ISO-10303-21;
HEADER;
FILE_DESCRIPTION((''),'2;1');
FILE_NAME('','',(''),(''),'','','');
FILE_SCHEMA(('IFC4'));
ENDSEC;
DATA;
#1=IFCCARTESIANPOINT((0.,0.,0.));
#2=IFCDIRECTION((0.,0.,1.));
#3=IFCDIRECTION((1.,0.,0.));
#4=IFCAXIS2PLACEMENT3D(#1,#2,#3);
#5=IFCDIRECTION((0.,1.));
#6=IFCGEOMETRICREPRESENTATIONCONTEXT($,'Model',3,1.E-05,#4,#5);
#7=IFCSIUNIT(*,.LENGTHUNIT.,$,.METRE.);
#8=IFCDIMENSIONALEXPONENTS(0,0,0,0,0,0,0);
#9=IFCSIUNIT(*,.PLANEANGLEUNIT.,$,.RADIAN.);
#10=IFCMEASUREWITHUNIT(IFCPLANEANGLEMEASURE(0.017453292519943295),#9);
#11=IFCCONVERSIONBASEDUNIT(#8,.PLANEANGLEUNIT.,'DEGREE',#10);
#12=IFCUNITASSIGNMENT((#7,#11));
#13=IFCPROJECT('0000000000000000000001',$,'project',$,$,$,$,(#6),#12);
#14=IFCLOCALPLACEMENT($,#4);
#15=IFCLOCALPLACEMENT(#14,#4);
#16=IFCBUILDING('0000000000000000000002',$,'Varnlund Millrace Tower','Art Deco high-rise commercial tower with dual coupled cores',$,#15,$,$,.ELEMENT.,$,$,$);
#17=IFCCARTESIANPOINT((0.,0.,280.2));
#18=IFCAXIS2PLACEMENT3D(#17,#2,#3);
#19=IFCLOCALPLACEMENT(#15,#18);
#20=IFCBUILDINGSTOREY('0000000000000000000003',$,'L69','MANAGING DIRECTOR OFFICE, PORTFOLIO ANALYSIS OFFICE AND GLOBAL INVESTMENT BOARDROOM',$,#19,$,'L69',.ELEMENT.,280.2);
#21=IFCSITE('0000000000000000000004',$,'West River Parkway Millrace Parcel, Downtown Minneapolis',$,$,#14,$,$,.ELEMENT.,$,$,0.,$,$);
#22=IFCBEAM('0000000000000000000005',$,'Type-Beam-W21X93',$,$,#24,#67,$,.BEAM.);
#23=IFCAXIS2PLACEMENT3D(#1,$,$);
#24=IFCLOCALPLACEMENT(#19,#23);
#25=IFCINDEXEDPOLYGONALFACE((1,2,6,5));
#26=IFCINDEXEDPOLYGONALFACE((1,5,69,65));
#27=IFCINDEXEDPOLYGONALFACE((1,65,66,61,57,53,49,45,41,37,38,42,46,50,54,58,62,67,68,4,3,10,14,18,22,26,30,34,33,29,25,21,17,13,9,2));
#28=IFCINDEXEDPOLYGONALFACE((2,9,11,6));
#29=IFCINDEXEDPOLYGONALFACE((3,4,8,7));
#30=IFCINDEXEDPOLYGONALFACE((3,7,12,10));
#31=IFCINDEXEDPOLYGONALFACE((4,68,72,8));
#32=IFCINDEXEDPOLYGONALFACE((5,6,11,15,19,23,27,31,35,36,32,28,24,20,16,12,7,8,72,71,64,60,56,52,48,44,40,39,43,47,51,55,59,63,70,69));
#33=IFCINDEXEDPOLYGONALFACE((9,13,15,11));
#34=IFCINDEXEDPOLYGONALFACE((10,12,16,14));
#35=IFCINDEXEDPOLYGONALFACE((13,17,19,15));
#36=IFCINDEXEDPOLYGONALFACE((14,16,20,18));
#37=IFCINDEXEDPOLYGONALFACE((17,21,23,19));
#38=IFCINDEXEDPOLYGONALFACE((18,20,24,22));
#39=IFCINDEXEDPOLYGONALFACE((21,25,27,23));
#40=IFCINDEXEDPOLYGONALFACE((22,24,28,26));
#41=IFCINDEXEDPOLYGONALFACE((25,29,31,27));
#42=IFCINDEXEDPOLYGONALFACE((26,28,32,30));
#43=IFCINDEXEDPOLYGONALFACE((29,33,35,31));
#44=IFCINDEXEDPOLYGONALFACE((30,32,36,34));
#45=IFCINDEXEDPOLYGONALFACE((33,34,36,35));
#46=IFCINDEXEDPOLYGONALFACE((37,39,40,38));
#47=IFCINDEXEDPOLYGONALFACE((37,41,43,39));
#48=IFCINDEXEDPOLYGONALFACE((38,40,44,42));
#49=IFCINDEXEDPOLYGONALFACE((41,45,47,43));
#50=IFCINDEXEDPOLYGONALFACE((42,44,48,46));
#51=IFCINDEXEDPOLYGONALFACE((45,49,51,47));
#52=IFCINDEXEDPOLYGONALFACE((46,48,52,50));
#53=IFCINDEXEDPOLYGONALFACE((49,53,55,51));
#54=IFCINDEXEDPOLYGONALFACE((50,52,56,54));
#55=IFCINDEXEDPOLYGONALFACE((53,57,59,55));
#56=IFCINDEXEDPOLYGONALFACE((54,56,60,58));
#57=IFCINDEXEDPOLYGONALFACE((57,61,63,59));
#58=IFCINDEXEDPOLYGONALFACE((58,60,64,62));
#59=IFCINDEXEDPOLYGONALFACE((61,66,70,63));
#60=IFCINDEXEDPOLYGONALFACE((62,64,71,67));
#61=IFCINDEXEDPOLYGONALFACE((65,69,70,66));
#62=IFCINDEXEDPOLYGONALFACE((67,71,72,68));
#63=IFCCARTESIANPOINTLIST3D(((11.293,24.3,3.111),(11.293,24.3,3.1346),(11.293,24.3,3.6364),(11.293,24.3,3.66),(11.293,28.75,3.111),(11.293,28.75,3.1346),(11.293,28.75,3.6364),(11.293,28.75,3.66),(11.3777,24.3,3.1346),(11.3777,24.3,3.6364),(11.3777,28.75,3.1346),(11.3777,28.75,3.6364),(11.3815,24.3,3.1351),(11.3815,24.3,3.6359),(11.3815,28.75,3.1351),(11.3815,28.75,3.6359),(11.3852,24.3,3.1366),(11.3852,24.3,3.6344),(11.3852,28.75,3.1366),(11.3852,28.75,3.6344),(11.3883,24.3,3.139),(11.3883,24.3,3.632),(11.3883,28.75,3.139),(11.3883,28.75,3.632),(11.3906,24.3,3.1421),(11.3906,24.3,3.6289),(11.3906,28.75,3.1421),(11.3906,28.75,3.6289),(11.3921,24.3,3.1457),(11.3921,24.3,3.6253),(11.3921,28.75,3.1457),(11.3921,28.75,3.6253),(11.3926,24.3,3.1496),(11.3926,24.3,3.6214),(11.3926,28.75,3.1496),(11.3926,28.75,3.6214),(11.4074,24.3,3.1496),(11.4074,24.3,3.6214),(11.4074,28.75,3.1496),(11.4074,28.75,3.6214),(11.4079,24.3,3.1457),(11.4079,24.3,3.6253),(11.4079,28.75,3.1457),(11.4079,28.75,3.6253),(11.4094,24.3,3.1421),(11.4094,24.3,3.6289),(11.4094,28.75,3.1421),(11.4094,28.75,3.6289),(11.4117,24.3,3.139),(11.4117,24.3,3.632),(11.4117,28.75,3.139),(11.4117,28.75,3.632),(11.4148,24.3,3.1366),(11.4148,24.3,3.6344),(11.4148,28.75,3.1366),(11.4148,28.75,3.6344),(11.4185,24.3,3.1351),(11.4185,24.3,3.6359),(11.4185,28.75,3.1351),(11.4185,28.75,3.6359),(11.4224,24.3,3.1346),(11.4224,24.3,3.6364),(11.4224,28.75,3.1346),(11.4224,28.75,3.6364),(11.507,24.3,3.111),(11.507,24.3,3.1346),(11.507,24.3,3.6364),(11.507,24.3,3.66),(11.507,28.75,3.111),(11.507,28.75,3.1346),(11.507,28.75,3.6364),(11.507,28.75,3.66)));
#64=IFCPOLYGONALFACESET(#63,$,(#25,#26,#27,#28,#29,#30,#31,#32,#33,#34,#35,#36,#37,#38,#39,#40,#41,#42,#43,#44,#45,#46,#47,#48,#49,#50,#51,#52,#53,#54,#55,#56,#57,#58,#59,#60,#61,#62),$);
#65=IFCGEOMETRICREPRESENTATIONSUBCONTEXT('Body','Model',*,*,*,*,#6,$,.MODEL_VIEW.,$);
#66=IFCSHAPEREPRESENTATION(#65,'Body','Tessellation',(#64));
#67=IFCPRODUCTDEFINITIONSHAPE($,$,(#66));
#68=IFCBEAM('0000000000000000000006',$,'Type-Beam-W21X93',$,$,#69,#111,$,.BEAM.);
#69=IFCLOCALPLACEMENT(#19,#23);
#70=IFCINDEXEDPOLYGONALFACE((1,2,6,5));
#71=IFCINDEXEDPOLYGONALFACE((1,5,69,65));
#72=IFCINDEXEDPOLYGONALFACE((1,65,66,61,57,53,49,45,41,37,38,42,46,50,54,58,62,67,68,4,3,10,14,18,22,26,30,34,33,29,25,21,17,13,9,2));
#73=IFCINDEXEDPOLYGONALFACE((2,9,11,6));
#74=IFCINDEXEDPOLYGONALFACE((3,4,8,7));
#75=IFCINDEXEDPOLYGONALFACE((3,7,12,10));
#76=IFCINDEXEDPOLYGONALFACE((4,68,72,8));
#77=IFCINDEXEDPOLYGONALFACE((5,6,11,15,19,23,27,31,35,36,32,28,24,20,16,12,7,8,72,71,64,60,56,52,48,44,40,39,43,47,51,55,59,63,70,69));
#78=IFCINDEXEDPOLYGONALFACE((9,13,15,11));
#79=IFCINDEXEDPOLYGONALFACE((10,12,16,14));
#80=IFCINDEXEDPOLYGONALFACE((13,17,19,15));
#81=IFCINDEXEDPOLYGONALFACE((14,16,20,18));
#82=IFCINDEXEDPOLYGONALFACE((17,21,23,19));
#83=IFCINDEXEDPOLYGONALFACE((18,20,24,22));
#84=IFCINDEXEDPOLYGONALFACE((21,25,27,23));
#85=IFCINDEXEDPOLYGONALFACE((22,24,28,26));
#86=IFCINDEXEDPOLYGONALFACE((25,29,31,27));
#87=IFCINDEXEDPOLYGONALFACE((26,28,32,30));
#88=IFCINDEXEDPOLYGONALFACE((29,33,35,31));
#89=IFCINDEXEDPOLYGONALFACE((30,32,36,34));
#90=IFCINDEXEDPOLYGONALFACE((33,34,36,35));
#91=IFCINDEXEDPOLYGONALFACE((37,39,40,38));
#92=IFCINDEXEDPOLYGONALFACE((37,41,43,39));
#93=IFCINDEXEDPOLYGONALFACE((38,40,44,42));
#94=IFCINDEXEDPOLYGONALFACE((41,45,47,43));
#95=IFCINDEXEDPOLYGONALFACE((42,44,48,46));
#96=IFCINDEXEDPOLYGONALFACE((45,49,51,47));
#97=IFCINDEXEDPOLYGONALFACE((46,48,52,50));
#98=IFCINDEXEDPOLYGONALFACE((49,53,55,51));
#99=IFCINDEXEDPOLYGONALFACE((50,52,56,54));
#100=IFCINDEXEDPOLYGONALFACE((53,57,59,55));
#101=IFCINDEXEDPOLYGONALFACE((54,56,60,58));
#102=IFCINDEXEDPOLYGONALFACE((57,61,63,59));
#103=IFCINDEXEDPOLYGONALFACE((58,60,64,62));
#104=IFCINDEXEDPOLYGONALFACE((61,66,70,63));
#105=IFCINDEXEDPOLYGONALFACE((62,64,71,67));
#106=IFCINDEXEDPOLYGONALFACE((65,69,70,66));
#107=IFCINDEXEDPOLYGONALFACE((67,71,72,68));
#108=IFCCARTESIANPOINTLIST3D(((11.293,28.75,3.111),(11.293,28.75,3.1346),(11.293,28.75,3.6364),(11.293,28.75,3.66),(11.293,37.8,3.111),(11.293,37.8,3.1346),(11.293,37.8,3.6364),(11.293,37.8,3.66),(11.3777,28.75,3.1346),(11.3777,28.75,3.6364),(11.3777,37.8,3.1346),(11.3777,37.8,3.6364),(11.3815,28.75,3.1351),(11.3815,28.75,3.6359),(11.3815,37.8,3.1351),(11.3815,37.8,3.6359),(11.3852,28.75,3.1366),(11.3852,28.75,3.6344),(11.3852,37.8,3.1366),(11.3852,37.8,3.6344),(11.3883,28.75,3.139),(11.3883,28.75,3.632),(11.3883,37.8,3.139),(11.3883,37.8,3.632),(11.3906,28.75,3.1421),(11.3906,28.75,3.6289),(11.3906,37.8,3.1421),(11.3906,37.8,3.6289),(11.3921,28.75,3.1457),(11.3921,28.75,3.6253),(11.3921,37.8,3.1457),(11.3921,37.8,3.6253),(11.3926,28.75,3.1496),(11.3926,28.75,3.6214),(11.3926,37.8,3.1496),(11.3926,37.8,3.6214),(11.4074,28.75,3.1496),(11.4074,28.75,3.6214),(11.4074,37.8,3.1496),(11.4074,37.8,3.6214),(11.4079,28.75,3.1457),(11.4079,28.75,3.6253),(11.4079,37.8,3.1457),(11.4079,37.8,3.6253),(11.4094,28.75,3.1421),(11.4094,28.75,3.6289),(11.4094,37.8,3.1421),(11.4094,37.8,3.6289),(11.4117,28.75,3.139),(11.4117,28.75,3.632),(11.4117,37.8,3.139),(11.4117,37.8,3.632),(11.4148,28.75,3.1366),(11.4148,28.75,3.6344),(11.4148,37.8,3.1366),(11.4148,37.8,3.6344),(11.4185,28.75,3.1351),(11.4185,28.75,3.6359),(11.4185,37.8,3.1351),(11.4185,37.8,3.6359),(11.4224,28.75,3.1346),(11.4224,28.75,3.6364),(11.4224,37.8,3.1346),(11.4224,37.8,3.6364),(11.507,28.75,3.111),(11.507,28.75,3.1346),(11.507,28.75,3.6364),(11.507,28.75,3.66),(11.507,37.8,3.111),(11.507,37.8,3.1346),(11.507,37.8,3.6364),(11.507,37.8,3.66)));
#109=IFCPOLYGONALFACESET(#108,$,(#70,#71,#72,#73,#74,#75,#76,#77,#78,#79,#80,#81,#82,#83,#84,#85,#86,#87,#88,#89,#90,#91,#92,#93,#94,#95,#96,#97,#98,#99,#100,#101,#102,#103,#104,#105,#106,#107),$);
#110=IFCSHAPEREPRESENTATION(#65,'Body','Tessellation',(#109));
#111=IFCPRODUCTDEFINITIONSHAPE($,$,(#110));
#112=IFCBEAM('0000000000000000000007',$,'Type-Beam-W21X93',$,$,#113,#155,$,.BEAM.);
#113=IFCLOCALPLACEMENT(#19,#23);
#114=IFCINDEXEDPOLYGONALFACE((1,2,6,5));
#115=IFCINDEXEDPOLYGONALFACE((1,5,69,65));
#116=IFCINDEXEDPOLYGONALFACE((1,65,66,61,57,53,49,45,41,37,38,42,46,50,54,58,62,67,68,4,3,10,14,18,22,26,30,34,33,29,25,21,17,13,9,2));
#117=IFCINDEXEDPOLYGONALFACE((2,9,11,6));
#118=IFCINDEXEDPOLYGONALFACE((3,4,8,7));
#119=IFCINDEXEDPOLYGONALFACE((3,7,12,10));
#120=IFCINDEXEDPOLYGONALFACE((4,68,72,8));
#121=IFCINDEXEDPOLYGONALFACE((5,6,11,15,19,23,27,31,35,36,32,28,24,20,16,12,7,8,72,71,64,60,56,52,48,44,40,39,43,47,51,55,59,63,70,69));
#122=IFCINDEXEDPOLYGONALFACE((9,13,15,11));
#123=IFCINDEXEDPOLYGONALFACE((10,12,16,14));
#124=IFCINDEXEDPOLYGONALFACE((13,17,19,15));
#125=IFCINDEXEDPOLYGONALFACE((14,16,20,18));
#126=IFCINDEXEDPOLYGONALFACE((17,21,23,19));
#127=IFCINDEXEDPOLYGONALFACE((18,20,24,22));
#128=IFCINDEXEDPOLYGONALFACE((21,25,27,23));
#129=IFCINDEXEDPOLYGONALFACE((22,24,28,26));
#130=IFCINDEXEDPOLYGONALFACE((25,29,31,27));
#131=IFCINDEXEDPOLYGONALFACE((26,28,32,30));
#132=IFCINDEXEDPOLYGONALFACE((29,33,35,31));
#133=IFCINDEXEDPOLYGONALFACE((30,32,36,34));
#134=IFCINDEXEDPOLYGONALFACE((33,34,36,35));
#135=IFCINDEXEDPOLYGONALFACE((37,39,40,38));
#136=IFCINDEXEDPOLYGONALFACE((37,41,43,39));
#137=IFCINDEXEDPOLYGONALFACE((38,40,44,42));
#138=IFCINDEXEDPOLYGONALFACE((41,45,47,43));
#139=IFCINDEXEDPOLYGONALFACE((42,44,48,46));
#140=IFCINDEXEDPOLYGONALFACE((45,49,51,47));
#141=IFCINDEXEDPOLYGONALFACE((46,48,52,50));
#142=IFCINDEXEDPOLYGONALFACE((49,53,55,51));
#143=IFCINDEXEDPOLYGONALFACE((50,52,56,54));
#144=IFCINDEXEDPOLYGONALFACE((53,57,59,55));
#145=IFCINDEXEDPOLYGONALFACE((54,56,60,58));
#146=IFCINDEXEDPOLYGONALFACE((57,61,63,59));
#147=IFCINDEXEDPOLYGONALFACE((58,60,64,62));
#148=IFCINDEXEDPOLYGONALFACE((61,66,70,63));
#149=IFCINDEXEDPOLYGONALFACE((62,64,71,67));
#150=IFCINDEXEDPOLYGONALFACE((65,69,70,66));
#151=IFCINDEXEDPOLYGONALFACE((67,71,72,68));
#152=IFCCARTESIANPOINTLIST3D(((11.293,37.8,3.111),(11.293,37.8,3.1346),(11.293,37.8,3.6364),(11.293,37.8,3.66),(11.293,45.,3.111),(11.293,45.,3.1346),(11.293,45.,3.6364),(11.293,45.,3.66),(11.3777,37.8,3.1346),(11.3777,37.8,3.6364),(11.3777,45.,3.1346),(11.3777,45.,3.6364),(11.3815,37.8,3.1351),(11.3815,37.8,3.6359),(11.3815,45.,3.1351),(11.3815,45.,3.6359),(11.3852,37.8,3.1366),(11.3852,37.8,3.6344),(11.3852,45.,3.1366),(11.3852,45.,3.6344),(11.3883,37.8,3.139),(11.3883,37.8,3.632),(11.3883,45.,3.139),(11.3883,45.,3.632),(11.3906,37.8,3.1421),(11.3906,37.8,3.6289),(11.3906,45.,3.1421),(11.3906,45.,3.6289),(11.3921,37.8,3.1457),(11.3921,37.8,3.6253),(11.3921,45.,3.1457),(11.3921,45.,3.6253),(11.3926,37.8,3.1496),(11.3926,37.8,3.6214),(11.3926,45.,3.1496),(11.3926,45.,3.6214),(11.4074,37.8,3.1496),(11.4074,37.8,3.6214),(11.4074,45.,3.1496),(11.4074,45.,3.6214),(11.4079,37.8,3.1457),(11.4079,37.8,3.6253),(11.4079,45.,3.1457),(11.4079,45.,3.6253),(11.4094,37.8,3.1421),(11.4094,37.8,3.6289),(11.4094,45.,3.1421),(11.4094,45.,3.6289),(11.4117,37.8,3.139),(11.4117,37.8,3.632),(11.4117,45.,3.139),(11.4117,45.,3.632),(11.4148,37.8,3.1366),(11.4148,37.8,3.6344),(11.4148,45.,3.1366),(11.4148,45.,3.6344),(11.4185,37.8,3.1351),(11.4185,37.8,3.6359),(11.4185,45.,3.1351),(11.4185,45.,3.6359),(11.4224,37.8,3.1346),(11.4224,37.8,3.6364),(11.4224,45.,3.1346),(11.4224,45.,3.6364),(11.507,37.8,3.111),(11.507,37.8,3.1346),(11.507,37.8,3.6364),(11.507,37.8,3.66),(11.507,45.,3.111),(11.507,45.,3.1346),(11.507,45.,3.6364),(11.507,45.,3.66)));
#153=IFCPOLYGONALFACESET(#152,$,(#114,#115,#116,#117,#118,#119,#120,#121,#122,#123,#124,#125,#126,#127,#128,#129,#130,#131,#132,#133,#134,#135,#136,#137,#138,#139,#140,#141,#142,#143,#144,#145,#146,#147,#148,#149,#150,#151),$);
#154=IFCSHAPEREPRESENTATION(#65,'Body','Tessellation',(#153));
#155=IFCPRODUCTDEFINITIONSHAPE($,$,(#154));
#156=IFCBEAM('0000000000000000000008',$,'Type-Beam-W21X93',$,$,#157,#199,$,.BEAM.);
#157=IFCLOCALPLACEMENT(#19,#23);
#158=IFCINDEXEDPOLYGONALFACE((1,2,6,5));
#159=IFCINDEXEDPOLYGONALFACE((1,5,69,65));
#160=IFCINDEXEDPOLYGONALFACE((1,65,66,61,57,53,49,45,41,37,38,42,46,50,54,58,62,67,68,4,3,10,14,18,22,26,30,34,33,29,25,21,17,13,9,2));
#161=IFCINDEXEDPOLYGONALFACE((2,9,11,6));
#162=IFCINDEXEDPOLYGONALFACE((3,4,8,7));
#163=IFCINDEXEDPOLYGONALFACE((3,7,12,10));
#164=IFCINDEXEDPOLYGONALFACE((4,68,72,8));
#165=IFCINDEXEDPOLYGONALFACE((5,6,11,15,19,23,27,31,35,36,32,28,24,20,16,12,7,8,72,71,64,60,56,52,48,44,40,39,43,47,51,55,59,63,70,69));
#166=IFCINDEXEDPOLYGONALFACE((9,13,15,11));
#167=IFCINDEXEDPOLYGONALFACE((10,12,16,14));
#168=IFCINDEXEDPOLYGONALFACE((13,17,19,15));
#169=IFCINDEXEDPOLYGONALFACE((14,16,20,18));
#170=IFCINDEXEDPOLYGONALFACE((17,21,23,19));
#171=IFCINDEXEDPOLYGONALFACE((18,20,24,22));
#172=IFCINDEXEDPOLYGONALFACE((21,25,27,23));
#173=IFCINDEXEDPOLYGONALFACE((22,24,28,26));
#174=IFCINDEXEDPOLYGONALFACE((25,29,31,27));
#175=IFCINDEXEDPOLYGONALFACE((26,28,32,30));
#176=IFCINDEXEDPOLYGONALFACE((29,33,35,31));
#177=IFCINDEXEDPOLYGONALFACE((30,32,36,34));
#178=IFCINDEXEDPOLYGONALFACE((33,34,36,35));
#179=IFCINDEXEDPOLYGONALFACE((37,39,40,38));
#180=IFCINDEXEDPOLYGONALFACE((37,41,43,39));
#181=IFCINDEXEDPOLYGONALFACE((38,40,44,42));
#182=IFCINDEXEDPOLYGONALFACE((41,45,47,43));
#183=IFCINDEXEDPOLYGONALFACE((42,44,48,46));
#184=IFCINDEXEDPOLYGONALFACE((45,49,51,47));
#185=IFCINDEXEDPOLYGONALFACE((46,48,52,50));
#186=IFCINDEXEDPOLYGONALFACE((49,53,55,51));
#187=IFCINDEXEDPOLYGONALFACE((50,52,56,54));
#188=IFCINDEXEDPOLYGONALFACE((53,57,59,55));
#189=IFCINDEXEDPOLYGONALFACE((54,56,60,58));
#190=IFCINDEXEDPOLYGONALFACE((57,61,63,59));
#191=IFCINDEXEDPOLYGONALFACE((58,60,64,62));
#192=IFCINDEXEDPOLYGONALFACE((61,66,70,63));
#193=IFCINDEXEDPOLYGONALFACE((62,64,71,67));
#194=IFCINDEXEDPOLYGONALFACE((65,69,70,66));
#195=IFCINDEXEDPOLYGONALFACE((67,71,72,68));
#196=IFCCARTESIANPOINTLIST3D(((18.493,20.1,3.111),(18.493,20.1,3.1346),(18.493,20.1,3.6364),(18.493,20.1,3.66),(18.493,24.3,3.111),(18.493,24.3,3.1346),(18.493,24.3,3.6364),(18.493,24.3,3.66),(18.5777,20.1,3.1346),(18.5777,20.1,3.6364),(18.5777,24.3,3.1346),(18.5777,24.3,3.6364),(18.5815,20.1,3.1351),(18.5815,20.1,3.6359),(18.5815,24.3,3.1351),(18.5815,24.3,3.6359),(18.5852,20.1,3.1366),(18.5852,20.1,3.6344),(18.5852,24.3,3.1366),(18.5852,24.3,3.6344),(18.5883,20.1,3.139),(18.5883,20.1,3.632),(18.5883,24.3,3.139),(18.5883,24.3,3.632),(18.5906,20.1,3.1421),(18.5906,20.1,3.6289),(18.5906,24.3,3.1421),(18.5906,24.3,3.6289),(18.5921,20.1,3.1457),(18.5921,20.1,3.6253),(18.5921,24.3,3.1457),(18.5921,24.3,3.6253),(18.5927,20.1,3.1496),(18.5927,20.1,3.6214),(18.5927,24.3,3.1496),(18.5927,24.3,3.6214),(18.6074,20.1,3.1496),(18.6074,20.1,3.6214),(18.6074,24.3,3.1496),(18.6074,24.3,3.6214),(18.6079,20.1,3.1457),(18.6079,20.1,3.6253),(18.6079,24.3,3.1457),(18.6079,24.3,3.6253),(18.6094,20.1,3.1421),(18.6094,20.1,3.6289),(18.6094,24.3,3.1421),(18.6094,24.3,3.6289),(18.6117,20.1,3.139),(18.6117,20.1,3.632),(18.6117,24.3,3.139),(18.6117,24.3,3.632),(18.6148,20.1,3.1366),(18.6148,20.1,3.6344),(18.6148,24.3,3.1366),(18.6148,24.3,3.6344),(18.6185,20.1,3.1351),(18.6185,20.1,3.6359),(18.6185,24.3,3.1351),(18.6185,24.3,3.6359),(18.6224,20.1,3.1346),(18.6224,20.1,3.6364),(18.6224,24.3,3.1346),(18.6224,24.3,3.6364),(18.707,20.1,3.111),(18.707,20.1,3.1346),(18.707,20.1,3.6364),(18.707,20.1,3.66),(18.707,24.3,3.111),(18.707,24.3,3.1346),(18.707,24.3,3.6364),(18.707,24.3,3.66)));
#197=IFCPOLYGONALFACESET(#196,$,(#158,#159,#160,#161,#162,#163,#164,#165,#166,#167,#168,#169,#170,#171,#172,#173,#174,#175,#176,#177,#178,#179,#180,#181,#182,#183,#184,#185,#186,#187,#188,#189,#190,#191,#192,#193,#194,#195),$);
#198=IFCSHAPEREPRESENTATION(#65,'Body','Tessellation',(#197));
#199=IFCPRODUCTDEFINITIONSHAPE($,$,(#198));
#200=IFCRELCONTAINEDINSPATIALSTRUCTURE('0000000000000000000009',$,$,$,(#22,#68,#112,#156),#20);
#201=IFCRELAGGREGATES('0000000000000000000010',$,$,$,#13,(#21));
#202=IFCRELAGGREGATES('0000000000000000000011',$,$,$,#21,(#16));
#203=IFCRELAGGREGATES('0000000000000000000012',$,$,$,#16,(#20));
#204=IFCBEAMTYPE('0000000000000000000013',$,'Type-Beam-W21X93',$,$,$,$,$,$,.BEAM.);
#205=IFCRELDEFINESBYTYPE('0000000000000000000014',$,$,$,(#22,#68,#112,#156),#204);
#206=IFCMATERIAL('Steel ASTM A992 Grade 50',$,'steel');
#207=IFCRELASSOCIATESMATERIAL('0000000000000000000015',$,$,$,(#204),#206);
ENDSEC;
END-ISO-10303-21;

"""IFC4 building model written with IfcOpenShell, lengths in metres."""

from ifc_helpers import new_model, entity, si_unit, converted_unit, direction, frame, origin_with_axes, origin_2d_with_axis, place, context, subcontext, project, spatial, i_section, extrude, material, material_profile, profile_set, type_object, element, save


model = new_model("IFC4")

# Units and contexts
model_context = context("Model", 3, precision=1e-05, world=origin_with_axes(), true_north=direction((0.0, 1.0)))
body_context = subcontext(model_context, "Body", "Model", "MODEL_VIEW")
ifc_project = project(units=[si_unit("LENGTHUNIT", "METRE"), converted_unit("PLANEANGLEUNIT", "DEGREE", entity("IfcPlaneAngleMeasure", 0.017453292519943295), si_unit("PLANEANGLEUNIT", "RADIAN"), dimensions=[0, 0, 0, 0, 0, 0, 0])], contexts=[model_context])

# Site, building, storey
site_placement = place(None, origin_with_axes())
site = spatial("IfcSite", under=ifc_project, at=site_placement, Name="West River Parkway Millrace Parcel, Downtown Minneapolis", CompositionType="ELEMENT", RefElevation=0.0)
building_placement = place(site_placement, origin_with_axes())
building = spatial("IfcBuilding", under=site, at=building_placement, Name="Varnlund Millrace Tower", Description="Art Deco high-rise commercial tower with dual coupled cores", CompositionType="ELEMENT")
storey_placement = place(building_placement, frame((0.0, 0.0, 280.2), z_axis=(0.0, 0.0, 1.0), x_axis=(1.0, 0.0, 0.0)))
storey = spatial("IfcBuildingStorey", under=building, at=storey_placement, Name="L69", Description="MANAGING DIRECTOR OFFICE, PORTFOLIO ANALYSIS OFFICE AND GLOBAL INVESTMENT BOARDROOM", LongName="L69", CompositionType="ELEMENT", Elevation=280.2)

# Beams
ifc_material_1 = material(Name="Steel ASTM A992 Grade 50", Category="steel")
ifc_material_profile_1 = material_profile(ifc_material_1, i_section(OverallWidth=0.214, OverallDepth=0.549, WebThickness=0.0147, FlangeThickness=0.0236, FilletRadius=0.015, at=origin_2d_with_axis()), Name="Steel ASTM A992 Grade 50")
ifc_profile_set_1 = profile_set([ifc_material_profile_1], Name="Steel ASTM A992 Grade 50")
beam_type_1 = type_object("IfcBeamType", Name="Type-Beam-W21X93", PredefinedType="BEAM", material=ifc_profile_set_1)
beam_1_placement = place(storey_placement, frame((11.4, 24.3, 3.3855), z_axis=(0.0, 1.0, 0.0), x_axis=(-1.0, 0.0, 0.0)))
element("IfcBeam", 1, at=beam_1_placement, inside=storey, type_object=beam_type_1, Name="Type-Beam-W21X93", PredefinedType="BEAM", context=body_context, shape_type="SweptSolid", body=[
    extrude(i_section(OverallWidth=0.214, OverallDepth=0.549, WebThickness=0.0147, FlangeThickness=0.0236, FilletRadius=0.015, at=origin_2d_with_axis()), origin_with_axes(), (0.0, 0.0, 1.0), 4.45),
])
beam_2_placement = place(storey_placement, frame((11.4, 28.75, 3.3855), z_axis=(0.0, 1.0, 0.0), x_axis=(-1.0, 0.0, 0.0)))
element("IfcBeam", 2, at=beam_2_placement, inside=storey, type_object=beam_type_1, Name="Type-Beam-W21X93", PredefinedType="BEAM", context=body_context, shape_type="SweptSolid", body=[
    extrude(i_section(OverallWidth=0.214, OverallDepth=0.549, WebThickness=0.0147, FlangeThickness=0.0236, FilletRadius=0.015, at=origin_2d_with_axis()), origin_with_axes(), (0.0, 0.0, 1.0), 9.05),
])
beam_3_placement = place(storey_placement, frame((11.4, 37.8, 3.3855), z_axis=(0.0, 1.0, 0.0), x_axis=(-1.0, 0.0, 0.0)))
element("IfcBeam", 3, at=beam_3_placement, inside=storey, type_object=beam_type_1, Name="Type-Beam-W21X93", PredefinedType="BEAM", context=body_context, shape_type="SweptSolid", body=[
    extrude(i_section(OverallWidth=0.214, OverallDepth=0.549, WebThickness=0.0147, FlangeThickness=0.0236, FilletRadius=0.015, at=origin_2d_with_axis()), origin_with_axes(), (0.0, 0.0, 1.0), 7.2),
])
beam_4_placement = place(storey_placement, frame((18.6, 20.1, 3.3855), z_axis=(0.0, 1.0, 0.0), x_axis=(-1.0, 0.0, 0.0)))
element("IfcBeam", 4, at=beam_4_placement, inside=storey, type_object=beam_type_1, Name="Type-Beam-W21X93", PredefinedType="BEAM", context=body_context, shape_type="SweptSolid", body=[
    extrude(i_section(OverallWidth=0.214, OverallDepth=0.549, WebThickness=0.0147, FlangeThickness=0.0236, FilletRadius=0.015, at=origin_2d_with_axis()), origin_with_axes(), (0.0, 0.0, 1.0), 4.2),
])

save(model, "model.ifc")
